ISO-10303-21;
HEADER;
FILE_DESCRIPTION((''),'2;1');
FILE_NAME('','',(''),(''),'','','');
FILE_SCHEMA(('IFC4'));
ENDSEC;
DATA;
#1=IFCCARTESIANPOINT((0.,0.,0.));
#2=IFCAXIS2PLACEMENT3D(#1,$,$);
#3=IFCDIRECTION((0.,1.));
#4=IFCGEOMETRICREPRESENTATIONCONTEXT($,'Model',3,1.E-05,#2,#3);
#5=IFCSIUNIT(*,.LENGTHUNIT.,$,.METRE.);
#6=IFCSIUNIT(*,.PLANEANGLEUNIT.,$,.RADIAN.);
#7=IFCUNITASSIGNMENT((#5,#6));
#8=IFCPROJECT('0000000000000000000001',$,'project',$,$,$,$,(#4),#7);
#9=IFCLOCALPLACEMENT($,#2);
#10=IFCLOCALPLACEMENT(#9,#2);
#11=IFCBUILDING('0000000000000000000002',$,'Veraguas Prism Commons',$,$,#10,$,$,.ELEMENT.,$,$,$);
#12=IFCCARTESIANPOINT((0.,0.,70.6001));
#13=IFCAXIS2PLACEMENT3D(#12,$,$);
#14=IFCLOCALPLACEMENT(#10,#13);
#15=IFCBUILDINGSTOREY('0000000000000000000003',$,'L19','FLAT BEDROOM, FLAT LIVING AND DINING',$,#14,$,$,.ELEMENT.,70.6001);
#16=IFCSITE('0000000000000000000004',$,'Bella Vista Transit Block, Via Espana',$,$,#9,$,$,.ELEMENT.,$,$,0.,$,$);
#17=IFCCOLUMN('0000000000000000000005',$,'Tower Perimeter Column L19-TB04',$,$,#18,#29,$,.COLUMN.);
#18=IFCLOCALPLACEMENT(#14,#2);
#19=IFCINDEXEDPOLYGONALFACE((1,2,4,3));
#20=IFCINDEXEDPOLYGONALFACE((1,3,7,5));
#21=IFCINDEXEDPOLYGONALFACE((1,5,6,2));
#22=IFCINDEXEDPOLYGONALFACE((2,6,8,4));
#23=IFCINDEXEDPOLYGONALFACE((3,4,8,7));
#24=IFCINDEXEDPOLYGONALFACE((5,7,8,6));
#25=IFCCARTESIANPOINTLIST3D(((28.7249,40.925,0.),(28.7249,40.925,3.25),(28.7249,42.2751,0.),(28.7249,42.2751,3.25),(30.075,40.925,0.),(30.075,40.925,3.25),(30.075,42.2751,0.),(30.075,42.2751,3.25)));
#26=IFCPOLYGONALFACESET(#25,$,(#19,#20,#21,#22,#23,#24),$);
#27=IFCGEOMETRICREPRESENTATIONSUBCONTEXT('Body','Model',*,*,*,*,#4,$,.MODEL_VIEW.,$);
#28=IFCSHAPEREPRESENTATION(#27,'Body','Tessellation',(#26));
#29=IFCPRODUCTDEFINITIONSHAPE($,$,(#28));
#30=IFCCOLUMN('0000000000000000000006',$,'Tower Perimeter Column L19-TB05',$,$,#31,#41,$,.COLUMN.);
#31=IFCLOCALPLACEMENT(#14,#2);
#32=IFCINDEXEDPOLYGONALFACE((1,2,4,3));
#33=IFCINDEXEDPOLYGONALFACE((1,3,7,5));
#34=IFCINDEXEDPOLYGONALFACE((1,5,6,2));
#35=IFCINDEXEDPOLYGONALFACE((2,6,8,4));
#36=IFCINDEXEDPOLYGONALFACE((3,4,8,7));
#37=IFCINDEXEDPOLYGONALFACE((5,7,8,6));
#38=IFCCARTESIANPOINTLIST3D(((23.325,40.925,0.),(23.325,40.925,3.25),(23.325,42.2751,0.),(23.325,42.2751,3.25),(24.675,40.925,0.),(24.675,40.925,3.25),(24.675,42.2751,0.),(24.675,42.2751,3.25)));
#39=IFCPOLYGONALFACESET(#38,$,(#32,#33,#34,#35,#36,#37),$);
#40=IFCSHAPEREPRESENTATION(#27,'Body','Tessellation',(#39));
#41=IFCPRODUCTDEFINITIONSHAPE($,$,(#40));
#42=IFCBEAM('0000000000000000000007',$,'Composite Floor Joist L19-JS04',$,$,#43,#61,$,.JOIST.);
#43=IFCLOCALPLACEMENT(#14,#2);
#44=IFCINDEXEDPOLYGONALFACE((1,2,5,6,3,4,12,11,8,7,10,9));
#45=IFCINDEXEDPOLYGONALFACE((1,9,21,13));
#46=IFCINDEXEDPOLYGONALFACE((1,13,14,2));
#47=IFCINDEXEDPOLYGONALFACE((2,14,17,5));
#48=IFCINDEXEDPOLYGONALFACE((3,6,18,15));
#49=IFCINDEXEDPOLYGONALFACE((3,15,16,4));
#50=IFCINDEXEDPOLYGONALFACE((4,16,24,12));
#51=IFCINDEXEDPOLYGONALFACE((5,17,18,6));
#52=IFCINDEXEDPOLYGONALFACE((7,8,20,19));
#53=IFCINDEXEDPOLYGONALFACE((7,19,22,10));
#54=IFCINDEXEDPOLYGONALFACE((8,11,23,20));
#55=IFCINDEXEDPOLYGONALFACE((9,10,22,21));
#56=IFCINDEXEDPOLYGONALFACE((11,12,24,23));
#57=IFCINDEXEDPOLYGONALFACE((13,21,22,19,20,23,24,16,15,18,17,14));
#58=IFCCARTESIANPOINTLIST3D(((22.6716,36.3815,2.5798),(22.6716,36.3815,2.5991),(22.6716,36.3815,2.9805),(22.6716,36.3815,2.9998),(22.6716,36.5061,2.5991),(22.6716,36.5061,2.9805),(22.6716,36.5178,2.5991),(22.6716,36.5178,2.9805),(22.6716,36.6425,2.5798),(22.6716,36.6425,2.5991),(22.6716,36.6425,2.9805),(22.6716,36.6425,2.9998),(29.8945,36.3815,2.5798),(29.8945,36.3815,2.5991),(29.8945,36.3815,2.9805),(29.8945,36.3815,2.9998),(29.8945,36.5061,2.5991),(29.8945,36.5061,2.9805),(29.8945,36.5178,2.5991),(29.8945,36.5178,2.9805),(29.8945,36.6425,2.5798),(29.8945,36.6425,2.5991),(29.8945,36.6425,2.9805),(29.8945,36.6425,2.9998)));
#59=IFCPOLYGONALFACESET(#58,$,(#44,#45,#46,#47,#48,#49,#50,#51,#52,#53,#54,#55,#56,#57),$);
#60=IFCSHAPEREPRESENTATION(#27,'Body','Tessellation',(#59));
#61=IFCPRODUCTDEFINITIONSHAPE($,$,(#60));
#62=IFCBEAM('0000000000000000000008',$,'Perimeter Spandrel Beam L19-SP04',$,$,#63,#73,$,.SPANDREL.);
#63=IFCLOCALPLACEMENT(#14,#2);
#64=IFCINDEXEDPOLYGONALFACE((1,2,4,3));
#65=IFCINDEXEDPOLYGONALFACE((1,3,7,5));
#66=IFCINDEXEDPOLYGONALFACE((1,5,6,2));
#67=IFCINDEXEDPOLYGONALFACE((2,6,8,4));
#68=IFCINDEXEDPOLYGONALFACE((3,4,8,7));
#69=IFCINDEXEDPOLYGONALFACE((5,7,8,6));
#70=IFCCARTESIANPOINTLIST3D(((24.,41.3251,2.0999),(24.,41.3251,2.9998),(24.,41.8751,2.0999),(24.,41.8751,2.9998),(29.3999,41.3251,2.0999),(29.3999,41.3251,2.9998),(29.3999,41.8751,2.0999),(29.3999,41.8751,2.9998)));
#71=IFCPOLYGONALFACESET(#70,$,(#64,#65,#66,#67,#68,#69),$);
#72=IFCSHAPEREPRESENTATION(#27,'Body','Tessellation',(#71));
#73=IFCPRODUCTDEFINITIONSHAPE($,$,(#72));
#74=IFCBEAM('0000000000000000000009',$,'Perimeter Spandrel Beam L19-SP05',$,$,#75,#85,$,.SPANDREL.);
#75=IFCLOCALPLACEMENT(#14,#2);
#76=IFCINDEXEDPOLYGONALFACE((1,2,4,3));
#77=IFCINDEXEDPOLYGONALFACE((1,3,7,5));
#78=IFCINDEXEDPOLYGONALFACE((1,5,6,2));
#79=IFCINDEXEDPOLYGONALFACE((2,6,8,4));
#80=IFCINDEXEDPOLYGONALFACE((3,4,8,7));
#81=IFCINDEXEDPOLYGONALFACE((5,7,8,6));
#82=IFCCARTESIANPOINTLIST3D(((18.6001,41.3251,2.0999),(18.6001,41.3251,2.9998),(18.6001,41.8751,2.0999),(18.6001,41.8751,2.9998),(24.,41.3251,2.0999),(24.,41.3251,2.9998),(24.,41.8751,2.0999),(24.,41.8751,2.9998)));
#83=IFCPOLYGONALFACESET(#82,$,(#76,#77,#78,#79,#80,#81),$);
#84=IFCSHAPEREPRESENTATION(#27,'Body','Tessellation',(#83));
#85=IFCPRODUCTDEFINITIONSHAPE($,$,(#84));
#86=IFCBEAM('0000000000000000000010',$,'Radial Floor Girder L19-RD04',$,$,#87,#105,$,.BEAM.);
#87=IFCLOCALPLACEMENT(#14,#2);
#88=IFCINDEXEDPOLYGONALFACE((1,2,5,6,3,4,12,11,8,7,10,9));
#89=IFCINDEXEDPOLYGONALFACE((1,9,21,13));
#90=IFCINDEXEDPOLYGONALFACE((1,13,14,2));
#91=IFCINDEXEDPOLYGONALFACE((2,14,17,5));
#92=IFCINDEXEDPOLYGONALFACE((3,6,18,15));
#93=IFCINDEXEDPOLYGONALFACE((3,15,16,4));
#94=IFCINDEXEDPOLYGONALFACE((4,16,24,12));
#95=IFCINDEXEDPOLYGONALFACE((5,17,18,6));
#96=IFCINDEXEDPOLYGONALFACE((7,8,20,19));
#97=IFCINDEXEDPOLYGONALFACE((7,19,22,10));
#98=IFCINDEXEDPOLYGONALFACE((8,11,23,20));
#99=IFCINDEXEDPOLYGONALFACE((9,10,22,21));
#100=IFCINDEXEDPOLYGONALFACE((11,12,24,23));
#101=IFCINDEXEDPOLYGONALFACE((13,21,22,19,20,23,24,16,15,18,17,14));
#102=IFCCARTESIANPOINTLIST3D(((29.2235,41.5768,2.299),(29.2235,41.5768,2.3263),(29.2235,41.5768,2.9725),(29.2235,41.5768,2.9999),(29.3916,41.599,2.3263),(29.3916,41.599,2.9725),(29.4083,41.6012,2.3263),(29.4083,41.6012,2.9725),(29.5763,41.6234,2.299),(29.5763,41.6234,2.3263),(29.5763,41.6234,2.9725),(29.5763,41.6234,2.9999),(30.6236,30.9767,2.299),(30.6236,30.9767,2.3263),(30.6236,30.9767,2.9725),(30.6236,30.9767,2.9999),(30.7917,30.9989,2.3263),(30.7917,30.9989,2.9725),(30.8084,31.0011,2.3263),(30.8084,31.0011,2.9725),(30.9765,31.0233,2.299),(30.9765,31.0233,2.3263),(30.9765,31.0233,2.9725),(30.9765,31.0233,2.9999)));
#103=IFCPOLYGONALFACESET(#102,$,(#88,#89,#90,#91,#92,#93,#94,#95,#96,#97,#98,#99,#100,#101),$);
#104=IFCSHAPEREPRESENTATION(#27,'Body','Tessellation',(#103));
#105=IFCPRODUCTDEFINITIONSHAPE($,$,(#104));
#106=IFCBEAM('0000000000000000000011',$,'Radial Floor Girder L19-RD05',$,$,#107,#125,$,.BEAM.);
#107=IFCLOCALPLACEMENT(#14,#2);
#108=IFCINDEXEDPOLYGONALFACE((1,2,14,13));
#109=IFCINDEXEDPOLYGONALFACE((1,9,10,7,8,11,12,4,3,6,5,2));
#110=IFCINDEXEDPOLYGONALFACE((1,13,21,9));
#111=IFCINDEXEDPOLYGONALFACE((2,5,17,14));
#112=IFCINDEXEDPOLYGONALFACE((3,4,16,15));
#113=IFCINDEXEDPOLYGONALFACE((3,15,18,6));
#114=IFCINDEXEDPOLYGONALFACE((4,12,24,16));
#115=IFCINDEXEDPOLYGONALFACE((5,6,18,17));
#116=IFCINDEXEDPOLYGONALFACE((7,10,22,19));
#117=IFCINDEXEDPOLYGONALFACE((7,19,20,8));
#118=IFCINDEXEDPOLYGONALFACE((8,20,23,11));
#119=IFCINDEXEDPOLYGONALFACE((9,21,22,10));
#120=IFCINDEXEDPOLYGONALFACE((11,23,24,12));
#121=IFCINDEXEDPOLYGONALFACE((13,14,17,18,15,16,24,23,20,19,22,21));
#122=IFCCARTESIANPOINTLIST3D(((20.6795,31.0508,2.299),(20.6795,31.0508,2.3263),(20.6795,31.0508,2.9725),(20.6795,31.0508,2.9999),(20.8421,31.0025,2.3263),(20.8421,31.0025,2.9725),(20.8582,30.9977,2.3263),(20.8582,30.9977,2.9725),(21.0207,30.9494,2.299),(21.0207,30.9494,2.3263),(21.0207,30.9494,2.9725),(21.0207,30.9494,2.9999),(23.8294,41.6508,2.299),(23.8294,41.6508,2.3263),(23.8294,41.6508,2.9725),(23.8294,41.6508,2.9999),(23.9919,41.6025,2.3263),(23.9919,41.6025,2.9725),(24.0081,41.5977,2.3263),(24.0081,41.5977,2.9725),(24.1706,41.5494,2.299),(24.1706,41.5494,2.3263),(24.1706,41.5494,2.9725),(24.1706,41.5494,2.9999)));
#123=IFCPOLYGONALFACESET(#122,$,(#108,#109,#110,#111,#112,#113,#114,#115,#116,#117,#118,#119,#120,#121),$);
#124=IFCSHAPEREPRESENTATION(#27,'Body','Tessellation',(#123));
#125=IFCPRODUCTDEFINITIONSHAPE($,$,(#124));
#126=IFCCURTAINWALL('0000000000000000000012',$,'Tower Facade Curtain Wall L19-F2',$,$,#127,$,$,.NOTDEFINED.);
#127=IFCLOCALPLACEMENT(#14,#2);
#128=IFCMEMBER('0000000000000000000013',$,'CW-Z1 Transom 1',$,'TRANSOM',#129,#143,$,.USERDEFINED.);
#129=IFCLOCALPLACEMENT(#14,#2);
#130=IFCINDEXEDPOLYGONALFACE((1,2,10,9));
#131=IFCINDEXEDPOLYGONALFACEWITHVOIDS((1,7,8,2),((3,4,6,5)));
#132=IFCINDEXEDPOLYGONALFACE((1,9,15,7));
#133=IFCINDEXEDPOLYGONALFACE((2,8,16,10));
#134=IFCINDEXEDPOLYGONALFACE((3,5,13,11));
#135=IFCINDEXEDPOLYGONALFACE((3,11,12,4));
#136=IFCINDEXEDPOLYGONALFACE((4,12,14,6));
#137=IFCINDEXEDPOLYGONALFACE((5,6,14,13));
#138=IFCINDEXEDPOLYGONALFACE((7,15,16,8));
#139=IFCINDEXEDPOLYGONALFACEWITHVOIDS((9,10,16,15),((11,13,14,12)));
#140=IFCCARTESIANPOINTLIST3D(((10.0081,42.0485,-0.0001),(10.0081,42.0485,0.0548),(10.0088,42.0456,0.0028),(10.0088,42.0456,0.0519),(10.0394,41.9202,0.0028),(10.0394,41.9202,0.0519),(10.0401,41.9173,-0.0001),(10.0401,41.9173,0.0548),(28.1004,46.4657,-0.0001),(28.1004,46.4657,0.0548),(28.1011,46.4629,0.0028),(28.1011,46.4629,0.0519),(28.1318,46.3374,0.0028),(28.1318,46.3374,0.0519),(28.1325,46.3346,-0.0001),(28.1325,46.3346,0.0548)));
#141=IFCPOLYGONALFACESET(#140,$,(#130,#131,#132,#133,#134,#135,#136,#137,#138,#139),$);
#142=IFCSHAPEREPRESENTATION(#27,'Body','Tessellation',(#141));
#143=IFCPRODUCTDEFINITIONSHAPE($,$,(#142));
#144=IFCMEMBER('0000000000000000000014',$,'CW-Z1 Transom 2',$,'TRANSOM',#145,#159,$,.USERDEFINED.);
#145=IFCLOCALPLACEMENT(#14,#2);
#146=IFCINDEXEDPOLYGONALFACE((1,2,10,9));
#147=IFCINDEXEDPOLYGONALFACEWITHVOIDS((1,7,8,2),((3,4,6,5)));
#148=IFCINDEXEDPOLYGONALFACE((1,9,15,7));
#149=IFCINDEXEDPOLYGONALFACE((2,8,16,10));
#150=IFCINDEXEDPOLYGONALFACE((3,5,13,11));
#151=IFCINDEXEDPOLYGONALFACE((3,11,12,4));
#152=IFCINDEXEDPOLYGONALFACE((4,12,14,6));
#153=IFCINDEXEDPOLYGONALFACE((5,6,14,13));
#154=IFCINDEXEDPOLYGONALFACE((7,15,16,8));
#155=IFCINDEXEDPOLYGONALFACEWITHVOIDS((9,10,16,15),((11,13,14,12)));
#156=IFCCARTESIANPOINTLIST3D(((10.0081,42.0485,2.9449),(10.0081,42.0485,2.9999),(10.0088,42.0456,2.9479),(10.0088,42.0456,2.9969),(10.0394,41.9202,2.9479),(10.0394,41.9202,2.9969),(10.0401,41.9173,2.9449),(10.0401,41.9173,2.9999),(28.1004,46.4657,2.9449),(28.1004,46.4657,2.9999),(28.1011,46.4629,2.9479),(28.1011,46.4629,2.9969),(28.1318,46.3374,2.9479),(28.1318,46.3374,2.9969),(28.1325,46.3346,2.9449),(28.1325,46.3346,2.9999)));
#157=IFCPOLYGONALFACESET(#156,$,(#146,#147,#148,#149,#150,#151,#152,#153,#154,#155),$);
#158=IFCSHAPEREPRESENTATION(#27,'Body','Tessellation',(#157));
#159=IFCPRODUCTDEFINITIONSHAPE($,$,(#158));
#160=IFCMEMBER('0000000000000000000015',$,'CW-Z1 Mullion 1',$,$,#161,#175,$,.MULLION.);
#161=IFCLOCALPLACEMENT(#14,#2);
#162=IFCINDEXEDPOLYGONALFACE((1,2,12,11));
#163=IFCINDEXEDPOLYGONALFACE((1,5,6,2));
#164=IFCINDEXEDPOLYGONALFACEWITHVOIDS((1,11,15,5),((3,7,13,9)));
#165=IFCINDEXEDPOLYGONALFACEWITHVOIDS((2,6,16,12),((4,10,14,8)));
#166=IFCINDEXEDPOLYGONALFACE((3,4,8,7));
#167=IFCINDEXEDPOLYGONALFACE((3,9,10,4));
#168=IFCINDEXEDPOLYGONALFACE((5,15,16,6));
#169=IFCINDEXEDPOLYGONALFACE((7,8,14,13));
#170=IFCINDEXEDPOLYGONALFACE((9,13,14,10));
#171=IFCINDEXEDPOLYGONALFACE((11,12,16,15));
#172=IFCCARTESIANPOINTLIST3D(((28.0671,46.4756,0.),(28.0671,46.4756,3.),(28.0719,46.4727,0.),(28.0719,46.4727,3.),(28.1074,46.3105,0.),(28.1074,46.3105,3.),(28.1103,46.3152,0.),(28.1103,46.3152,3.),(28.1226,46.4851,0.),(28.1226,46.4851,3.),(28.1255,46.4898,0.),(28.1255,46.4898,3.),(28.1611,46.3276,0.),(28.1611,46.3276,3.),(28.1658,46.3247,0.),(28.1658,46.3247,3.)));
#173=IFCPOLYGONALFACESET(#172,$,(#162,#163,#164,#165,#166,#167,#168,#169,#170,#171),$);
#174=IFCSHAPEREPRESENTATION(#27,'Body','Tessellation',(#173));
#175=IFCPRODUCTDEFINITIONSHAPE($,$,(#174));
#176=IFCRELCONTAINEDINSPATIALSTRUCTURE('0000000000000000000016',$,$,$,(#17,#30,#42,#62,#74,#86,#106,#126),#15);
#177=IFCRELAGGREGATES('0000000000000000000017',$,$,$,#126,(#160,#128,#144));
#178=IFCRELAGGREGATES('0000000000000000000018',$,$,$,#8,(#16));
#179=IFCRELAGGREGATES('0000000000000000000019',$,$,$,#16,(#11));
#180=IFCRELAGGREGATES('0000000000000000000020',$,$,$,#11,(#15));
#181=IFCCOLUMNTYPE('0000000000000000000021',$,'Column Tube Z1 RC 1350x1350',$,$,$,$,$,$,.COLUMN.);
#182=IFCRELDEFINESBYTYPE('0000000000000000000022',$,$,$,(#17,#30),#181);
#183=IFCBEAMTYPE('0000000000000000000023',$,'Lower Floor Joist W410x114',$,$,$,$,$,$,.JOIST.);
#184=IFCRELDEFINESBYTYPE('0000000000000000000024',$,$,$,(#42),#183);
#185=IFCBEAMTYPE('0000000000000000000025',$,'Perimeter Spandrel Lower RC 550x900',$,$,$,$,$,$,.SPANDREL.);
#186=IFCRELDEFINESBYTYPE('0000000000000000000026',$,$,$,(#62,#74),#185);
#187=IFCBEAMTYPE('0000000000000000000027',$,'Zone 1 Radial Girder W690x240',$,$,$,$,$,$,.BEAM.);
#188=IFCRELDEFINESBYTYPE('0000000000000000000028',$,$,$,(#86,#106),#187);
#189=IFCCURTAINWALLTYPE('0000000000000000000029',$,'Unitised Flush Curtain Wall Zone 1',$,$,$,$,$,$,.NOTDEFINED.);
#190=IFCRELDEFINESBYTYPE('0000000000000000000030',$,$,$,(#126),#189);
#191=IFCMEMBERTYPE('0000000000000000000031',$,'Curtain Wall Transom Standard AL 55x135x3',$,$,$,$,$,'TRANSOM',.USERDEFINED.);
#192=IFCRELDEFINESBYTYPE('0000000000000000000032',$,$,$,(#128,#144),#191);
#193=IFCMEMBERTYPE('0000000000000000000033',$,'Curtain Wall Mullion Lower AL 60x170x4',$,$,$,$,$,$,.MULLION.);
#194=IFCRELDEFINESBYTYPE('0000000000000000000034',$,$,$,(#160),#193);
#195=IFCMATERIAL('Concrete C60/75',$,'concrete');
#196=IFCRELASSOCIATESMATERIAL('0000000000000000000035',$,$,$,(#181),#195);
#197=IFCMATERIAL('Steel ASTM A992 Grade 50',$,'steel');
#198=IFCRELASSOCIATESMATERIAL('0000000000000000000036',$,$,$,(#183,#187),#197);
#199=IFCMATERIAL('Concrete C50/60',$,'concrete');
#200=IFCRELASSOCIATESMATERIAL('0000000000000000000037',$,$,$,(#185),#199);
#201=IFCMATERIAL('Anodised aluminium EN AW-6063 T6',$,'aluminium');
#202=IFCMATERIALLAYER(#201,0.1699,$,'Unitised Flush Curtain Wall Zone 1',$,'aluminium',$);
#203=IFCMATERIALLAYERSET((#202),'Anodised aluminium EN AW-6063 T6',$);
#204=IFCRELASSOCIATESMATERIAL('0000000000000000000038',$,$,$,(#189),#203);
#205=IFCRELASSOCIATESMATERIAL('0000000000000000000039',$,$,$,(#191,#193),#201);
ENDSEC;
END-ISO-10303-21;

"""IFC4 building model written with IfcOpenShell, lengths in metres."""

from ifc_helpers import new_model, si_unit, direction, frame, origin, origin_2d, place, context, subcontext, project, spatial, rectangle, hollow_rectangle, i_section, extrude, source, transform, mapped, material, layer, layer_set, material_profile, profile_set, type_object, element, aggregate, save


model = new_model("IFC4")

# Units and contexts
model_context = context("Model", 3, precision=1e-05, world=origin(), true_north=direction((0.0, 1.0)))
body_context = subcontext(model_context, "Body", "Model", "MODEL_VIEW")
ifc_project = project(units=[si_unit("LENGTHUNIT", "METRE"), si_unit("PLANEANGLEUNIT", "RADIAN")], contexts=[model_context])

# Site, building, storey
site_placement = place(None, origin())
site = spatial("IfcSite", under=ifc_project, at=site_placement, Name="Bella Vista Transit Block, Via Espana", CompositionType="ELEMENT", RefElevation=0.0)
building_placement = place(site_placement, origin())
building = spatial("IfcBuilding", under=site, at=building_placement, Name="Veraguas Prism Commons", CompositionType="ELEMENT")
storey_placement = place(building_placement, frame((0.0, 0.0, 70.6001)))
storey = spatial("IfcBuildingStorey", under=building, at=storey_placement, Name="L19", Description="FLAT BEDROOM, FLAT LIVING AND DINING", CompositionType="ELEMENT", Elevation=70.6001)

# Columns
ifc_material_1 = material(Name="Concrete C60/75", Category="concrete")
ifc_material_profile_1 = material_profile(ifc_material_1, rectangle(XDim=1.3501, YDim=1.3501, at=origin_2d()), Name="RC1350X1350")
ifc_profile_set_1 = profile_set([ifc_material_profile_1], Name="Concrete C60/75")
column_type = type_object("IfcColumnType", Name="Column Tube Z1 RC 1350x1350", PredefinedType="COLUMN", material=ifc_profile_set_1)
for number, where, z_axis, x_axis, name in (
    (1, (29.3999, 41.6001, 0.0), (0.0, 0.0, 1.0), (1.0, 0.0, 0.0), "Tower Perimeter Column L19-TB04"),
    (2, (24.0, 41.6001, 0.0), (0.0, 0.0, 1.0), (1.0, 0.0, 0.0), "Tower Perimeter Column L19-TB05"),
):
    element("IfcColumn", number, at=place(storey_placement, frame(where, z_axis=z_axis, x_axis=x_axis)), inside=storey, type_object=column_type, Name=name, PredefinedType="COLUMN", context=body_context, shape_type="SweptSolid", body=[
        extrude(rectangle(XDim=1.3501, YDim=1.3501, at=origin_2d()), origin(), (0.0, 0.0, 1.0), 3.25),
    ])

# Beams
ifc_material_2 = material(Name="Steel ASTM A992 Grade 50", Category="steel")
ifc_material_profile_2 = material_profile(ifc_material_2, i_section(OverallWidth=0.261, OverallDepth=0.4199, WebThickness=0.0117, FlangeThickness=0.0193, at=origin_2d()), Name="W410X114")
ifc_profile_set_2 = profile_set([ifc_material_profile_2], Name="Steel ASTM A992 Grade 50")
beam_type_1 = type_object("IfcBeamType", Name="Lower Floor Joist W410x114", PredefinedType="JOIST", material=ifc_profile_set_2)
beam_1_placement = place(storey_placement, frame((29.8945, 36.512, 2.7898), z_axis=(-1.0, 0.0, 0.0), x_axis=(0.0, -1.0, 0.0)))
element("IfcBeam", 3, at=beam_1_placement, inside=storey, type_object=beam_type_1, Name="Composite Floor Joist L19-JS04", PredefinedType="JOIST", context=body_context, shape_type="SweptSolid", body=[
    extrude(i_section(OverallWidth=0.261, OverallDepth=0.4199, WebThickness=0.0117, FlangeThickness=0.0193, at=origin_2d()), origin(), (0.0, 0.0, 1.0), 7.2229),
])
ifc_material_3 = material(Name="Concrete C50/60", Category="concrete")
ifc_material_profile_3 = material_profile(ifc_material_3, rectangle(XDim=0.55, YDim=0.8999, at=origin_2d()), Name="RC550X900")
ifc_profile_set_3 = profile_set([ifc_material_profile_3], Name="Concrete C50/60")
beam_type_2 = type_object("IfcBeamType", Name="Perimeter Spandrel Lower RC 550x900", PredefinedType="SPANDREL", material=ifc_profile_set_3)
for number, where, z_axis, x_axis, name in (
    (4, (29.3999, 41.6001, 2.5498), (-1.0, 0.0, 0.0), (0.0, -1.0, 0.0), "Perimeter Spandrel Beam L19-SP04"),
    (5, (24.0, 41.6001, 2.5498), (-1.0, 0.0, 0.0), (0.0, -1.0, 0.0), "Perimeter Spandrel Beam L19-SP05"),
):
    element("IfcBeam", number, at=place(storey_placement, frame(where, z_axis=z_axis, x_axis=x_axis)), inside=storey, type_object=beam_type_2, Name=name, PredefinedType="SPANDREL", context=body_context, shape_type="SweptSolid", body=[
        extrude(rectangle(XDim=0.55, YDim=0.8999, at=origin_2d()), origin(), (0.0, 0.0, 1.0), 5.3999),
    ])
ifc_material_profile_4 = material_profile(ifc_material_2, i_section(OverallWidth=0.356, OverallDepth=0.7009, WebThickness=0.0168, FlangeThickness=0.0273, at=origin_2d()), Name="W690X240")
ifc_profile_set_4 = profile_set([ifc_material_profile_4], Name="Steel ASTM A992 Grade 50")
beam_type_3 = type_object("IfcBeamType", Name="Zone 1 Radial Girder W690x240", PredefinedType="BEAM", material=ifc_profile_set_4)
beam_2_placement = place(storey_placement, frame((29.3999, 41.6001, 2.6494), z_axis=(0.130951, -0.991389, 0.0), x_axis=(0.991389, 0.130951, 0.0)))
element("IfcBeam", 6, at=beam_2_placement, inside=storey, type_object=beam_type_3, Name="Radial Floor Girder L19-RD04", PredefinedType="BEAM", context=body_context, shape_type="SweptSolid", body=[
    extrude(i_section(OverallWidth=0.356, OverallDepth=0.7009, WebThickness=0.0168, FlangeThickness=0.0273, at=origin_2d()), origin(), (0.0, 0.0, 1.0), 10.6921),
])
beam_3_placement = place(storey_placement, frame((24.0, 41.6001, 2.6494), z_axis=(-0.284847, -0.958573, 0.0), x_axis=(0.958573, -0.284847, 0.0)))
element("IfcBeam", 7, at=beam_3_placement, inside=storey, type_object=beam_type_3, Name="Radial Floor Girder L19-RD05", PredefinedType="BEAM", context=body_context, shape_type="SweptSolid", body=[
    extrude(i_section(OverallWidth=0.356, OverallDepth=0.7009, WebThickness=0.0168, FlangeThickness=0.0273, at=origin_2d()), origin(), (0.0, 0.0, 1.0), 11.0581),
])

# Curtain wall, members
ifc_material_4 = material(Name="Anodised aluminium EN AW-6063 T6", Category="aluminium")
ifc_layer_1 = layer(ifc_material_4, 0.1699, Name="Unitised Flush Curtain Wall Zone 1", Category="aluminium")
ifc_layer_set_1 = layer_set([ifc_layer_1], Name="Anodised aluminium EN AW-6063 T6")
curtain_wall_type = type_object("IfcCurtainWallType", Name="Unitised Flush Curtain Wall Zone 1", PredefinedType="NOTDEFINED", material=ifc_layer_set_1)
curtain_wall_1_placement = place(storey_placement, origin())
curtain_wall_1 = element("IfcCurtainWall", 8, at=curtain_wall_1_placement, inside=storey, type_object=curtain_wall_type, Name="Tower Facade Curtain Wall L19-F2", PredefinedType="NOTDEFINED")
ifc_material_profile_5 = material_profile(ifc_material_4, hollow_rectangle(XDim=0.0549, YDim=0.135, WallThickness=0.0029, at=origin_2d()), Name="AL55X135X3")
ifc_profile_set_5 = profile_set([ifc_material_profile_5], Name="Anodised aluminium EN AW-6063 T6")
member_type_1 = type_object("IfcMemberType", Name="Curtain Wall Transom Standard AL 55x135x3", ElementType="TRANSOM", PredefinedType="USERDEFINED", material=ifc_profile_set_5)
shared_shape_1 = source(origin(), body_context, "Body", "SweptSolid", [
    extrude(hollow_rectangle(XDim=0.0549, YDim=0.135, WallThickness=0.0029, at=origin_2d()), origin(), (0.0, 0.0, 1.0), 18.6238),
])
member_1_placement = place(storey_placement, frame((28.1165, 46.4001, 0.0273), z_axis=(-0.971465, -0.237183, 0.0), x_axis=(0.0, 0.0, 1.0)))
member_1 = element("IfcMember", 9, at=member_1_placement, type_object=member_type_1, Name="CW-Z1 Transom 1", ObjectType="TRANSOM", PredefinedType="USERDEFINED", context=body_context, shape_type="MappedRepresentation", body=[
    mapped(shared_shape_1, transform((0.0, 0.0, 0.0), scale=1.0)),
])
member_2_placement = place(storey_placement, frame((28.1165, 46.4001, 2.9724), z_axis=(-0.971465, -0.237183, 0.0), x_axis=(0.0, 0.0, 1.0)))
member_2 = element("IfcMember", 10, at=member_2_placement, type_object=member_type_1, Name="CW-Z1 Transom 2", ObjectType="TRANSOM", PredefinedType="USERDEFINED", context=body_context, shape_type="MappedRepresentation", body=[
    mapped(shared_shape_1, transform((0.0, 0.0, 0.0), scale=1.0)),
])
ifc_material_profile_6 = material_profile(ifc_material_4, hollow_rectangle(XDim=0.0601, YDim=0.1699, WallThickness=0.0039, at=origin_2d()), Name="AL60X170X4")
ifc_profile_set_6 = profile_set([ifc_material_profile_6], Name="Anodised aluminium EN AW-6063 T6")
member_type_2 = type_object("IfcMemberType", Name="Curtain Wall Mullion Lower AL 60x170x4", PredefinedType="MULLION", material=ifc_profile_set_6)
shared_shape_2 = source(origin(), body_context, "Body", "SweptSolid", [
    extrude(hollow_rectangle(XDim=0.0601, YDim=0.1699, WallThickness=0.0039, at=origin_2d()), origin(), (0.0, 0.0, 1.0), 3.0),
])
member_3_placement = place(storey_placement, frame((28.1165, 46.4001, 0.0), z_axis=(0.0, 0.0, 1.0), x_axis=(-0.971465, -0.237184, 0.0)))
member_3 = element("IfcMember", 11, at=member_3_placement, type_object=member_type_2, Name="CW-Z1 Mullion 1", PredefinedType="MULLION", context=body_context, shape_type="MappedRepresentation", body=[
    mapped(shared_shape_2, transform((0.0, 0.0, 0.0), scale=1.0)),
])

aggregate(curtain_wall_1, [member_3, member_1, member_2])

save(model, "model.ifc")
